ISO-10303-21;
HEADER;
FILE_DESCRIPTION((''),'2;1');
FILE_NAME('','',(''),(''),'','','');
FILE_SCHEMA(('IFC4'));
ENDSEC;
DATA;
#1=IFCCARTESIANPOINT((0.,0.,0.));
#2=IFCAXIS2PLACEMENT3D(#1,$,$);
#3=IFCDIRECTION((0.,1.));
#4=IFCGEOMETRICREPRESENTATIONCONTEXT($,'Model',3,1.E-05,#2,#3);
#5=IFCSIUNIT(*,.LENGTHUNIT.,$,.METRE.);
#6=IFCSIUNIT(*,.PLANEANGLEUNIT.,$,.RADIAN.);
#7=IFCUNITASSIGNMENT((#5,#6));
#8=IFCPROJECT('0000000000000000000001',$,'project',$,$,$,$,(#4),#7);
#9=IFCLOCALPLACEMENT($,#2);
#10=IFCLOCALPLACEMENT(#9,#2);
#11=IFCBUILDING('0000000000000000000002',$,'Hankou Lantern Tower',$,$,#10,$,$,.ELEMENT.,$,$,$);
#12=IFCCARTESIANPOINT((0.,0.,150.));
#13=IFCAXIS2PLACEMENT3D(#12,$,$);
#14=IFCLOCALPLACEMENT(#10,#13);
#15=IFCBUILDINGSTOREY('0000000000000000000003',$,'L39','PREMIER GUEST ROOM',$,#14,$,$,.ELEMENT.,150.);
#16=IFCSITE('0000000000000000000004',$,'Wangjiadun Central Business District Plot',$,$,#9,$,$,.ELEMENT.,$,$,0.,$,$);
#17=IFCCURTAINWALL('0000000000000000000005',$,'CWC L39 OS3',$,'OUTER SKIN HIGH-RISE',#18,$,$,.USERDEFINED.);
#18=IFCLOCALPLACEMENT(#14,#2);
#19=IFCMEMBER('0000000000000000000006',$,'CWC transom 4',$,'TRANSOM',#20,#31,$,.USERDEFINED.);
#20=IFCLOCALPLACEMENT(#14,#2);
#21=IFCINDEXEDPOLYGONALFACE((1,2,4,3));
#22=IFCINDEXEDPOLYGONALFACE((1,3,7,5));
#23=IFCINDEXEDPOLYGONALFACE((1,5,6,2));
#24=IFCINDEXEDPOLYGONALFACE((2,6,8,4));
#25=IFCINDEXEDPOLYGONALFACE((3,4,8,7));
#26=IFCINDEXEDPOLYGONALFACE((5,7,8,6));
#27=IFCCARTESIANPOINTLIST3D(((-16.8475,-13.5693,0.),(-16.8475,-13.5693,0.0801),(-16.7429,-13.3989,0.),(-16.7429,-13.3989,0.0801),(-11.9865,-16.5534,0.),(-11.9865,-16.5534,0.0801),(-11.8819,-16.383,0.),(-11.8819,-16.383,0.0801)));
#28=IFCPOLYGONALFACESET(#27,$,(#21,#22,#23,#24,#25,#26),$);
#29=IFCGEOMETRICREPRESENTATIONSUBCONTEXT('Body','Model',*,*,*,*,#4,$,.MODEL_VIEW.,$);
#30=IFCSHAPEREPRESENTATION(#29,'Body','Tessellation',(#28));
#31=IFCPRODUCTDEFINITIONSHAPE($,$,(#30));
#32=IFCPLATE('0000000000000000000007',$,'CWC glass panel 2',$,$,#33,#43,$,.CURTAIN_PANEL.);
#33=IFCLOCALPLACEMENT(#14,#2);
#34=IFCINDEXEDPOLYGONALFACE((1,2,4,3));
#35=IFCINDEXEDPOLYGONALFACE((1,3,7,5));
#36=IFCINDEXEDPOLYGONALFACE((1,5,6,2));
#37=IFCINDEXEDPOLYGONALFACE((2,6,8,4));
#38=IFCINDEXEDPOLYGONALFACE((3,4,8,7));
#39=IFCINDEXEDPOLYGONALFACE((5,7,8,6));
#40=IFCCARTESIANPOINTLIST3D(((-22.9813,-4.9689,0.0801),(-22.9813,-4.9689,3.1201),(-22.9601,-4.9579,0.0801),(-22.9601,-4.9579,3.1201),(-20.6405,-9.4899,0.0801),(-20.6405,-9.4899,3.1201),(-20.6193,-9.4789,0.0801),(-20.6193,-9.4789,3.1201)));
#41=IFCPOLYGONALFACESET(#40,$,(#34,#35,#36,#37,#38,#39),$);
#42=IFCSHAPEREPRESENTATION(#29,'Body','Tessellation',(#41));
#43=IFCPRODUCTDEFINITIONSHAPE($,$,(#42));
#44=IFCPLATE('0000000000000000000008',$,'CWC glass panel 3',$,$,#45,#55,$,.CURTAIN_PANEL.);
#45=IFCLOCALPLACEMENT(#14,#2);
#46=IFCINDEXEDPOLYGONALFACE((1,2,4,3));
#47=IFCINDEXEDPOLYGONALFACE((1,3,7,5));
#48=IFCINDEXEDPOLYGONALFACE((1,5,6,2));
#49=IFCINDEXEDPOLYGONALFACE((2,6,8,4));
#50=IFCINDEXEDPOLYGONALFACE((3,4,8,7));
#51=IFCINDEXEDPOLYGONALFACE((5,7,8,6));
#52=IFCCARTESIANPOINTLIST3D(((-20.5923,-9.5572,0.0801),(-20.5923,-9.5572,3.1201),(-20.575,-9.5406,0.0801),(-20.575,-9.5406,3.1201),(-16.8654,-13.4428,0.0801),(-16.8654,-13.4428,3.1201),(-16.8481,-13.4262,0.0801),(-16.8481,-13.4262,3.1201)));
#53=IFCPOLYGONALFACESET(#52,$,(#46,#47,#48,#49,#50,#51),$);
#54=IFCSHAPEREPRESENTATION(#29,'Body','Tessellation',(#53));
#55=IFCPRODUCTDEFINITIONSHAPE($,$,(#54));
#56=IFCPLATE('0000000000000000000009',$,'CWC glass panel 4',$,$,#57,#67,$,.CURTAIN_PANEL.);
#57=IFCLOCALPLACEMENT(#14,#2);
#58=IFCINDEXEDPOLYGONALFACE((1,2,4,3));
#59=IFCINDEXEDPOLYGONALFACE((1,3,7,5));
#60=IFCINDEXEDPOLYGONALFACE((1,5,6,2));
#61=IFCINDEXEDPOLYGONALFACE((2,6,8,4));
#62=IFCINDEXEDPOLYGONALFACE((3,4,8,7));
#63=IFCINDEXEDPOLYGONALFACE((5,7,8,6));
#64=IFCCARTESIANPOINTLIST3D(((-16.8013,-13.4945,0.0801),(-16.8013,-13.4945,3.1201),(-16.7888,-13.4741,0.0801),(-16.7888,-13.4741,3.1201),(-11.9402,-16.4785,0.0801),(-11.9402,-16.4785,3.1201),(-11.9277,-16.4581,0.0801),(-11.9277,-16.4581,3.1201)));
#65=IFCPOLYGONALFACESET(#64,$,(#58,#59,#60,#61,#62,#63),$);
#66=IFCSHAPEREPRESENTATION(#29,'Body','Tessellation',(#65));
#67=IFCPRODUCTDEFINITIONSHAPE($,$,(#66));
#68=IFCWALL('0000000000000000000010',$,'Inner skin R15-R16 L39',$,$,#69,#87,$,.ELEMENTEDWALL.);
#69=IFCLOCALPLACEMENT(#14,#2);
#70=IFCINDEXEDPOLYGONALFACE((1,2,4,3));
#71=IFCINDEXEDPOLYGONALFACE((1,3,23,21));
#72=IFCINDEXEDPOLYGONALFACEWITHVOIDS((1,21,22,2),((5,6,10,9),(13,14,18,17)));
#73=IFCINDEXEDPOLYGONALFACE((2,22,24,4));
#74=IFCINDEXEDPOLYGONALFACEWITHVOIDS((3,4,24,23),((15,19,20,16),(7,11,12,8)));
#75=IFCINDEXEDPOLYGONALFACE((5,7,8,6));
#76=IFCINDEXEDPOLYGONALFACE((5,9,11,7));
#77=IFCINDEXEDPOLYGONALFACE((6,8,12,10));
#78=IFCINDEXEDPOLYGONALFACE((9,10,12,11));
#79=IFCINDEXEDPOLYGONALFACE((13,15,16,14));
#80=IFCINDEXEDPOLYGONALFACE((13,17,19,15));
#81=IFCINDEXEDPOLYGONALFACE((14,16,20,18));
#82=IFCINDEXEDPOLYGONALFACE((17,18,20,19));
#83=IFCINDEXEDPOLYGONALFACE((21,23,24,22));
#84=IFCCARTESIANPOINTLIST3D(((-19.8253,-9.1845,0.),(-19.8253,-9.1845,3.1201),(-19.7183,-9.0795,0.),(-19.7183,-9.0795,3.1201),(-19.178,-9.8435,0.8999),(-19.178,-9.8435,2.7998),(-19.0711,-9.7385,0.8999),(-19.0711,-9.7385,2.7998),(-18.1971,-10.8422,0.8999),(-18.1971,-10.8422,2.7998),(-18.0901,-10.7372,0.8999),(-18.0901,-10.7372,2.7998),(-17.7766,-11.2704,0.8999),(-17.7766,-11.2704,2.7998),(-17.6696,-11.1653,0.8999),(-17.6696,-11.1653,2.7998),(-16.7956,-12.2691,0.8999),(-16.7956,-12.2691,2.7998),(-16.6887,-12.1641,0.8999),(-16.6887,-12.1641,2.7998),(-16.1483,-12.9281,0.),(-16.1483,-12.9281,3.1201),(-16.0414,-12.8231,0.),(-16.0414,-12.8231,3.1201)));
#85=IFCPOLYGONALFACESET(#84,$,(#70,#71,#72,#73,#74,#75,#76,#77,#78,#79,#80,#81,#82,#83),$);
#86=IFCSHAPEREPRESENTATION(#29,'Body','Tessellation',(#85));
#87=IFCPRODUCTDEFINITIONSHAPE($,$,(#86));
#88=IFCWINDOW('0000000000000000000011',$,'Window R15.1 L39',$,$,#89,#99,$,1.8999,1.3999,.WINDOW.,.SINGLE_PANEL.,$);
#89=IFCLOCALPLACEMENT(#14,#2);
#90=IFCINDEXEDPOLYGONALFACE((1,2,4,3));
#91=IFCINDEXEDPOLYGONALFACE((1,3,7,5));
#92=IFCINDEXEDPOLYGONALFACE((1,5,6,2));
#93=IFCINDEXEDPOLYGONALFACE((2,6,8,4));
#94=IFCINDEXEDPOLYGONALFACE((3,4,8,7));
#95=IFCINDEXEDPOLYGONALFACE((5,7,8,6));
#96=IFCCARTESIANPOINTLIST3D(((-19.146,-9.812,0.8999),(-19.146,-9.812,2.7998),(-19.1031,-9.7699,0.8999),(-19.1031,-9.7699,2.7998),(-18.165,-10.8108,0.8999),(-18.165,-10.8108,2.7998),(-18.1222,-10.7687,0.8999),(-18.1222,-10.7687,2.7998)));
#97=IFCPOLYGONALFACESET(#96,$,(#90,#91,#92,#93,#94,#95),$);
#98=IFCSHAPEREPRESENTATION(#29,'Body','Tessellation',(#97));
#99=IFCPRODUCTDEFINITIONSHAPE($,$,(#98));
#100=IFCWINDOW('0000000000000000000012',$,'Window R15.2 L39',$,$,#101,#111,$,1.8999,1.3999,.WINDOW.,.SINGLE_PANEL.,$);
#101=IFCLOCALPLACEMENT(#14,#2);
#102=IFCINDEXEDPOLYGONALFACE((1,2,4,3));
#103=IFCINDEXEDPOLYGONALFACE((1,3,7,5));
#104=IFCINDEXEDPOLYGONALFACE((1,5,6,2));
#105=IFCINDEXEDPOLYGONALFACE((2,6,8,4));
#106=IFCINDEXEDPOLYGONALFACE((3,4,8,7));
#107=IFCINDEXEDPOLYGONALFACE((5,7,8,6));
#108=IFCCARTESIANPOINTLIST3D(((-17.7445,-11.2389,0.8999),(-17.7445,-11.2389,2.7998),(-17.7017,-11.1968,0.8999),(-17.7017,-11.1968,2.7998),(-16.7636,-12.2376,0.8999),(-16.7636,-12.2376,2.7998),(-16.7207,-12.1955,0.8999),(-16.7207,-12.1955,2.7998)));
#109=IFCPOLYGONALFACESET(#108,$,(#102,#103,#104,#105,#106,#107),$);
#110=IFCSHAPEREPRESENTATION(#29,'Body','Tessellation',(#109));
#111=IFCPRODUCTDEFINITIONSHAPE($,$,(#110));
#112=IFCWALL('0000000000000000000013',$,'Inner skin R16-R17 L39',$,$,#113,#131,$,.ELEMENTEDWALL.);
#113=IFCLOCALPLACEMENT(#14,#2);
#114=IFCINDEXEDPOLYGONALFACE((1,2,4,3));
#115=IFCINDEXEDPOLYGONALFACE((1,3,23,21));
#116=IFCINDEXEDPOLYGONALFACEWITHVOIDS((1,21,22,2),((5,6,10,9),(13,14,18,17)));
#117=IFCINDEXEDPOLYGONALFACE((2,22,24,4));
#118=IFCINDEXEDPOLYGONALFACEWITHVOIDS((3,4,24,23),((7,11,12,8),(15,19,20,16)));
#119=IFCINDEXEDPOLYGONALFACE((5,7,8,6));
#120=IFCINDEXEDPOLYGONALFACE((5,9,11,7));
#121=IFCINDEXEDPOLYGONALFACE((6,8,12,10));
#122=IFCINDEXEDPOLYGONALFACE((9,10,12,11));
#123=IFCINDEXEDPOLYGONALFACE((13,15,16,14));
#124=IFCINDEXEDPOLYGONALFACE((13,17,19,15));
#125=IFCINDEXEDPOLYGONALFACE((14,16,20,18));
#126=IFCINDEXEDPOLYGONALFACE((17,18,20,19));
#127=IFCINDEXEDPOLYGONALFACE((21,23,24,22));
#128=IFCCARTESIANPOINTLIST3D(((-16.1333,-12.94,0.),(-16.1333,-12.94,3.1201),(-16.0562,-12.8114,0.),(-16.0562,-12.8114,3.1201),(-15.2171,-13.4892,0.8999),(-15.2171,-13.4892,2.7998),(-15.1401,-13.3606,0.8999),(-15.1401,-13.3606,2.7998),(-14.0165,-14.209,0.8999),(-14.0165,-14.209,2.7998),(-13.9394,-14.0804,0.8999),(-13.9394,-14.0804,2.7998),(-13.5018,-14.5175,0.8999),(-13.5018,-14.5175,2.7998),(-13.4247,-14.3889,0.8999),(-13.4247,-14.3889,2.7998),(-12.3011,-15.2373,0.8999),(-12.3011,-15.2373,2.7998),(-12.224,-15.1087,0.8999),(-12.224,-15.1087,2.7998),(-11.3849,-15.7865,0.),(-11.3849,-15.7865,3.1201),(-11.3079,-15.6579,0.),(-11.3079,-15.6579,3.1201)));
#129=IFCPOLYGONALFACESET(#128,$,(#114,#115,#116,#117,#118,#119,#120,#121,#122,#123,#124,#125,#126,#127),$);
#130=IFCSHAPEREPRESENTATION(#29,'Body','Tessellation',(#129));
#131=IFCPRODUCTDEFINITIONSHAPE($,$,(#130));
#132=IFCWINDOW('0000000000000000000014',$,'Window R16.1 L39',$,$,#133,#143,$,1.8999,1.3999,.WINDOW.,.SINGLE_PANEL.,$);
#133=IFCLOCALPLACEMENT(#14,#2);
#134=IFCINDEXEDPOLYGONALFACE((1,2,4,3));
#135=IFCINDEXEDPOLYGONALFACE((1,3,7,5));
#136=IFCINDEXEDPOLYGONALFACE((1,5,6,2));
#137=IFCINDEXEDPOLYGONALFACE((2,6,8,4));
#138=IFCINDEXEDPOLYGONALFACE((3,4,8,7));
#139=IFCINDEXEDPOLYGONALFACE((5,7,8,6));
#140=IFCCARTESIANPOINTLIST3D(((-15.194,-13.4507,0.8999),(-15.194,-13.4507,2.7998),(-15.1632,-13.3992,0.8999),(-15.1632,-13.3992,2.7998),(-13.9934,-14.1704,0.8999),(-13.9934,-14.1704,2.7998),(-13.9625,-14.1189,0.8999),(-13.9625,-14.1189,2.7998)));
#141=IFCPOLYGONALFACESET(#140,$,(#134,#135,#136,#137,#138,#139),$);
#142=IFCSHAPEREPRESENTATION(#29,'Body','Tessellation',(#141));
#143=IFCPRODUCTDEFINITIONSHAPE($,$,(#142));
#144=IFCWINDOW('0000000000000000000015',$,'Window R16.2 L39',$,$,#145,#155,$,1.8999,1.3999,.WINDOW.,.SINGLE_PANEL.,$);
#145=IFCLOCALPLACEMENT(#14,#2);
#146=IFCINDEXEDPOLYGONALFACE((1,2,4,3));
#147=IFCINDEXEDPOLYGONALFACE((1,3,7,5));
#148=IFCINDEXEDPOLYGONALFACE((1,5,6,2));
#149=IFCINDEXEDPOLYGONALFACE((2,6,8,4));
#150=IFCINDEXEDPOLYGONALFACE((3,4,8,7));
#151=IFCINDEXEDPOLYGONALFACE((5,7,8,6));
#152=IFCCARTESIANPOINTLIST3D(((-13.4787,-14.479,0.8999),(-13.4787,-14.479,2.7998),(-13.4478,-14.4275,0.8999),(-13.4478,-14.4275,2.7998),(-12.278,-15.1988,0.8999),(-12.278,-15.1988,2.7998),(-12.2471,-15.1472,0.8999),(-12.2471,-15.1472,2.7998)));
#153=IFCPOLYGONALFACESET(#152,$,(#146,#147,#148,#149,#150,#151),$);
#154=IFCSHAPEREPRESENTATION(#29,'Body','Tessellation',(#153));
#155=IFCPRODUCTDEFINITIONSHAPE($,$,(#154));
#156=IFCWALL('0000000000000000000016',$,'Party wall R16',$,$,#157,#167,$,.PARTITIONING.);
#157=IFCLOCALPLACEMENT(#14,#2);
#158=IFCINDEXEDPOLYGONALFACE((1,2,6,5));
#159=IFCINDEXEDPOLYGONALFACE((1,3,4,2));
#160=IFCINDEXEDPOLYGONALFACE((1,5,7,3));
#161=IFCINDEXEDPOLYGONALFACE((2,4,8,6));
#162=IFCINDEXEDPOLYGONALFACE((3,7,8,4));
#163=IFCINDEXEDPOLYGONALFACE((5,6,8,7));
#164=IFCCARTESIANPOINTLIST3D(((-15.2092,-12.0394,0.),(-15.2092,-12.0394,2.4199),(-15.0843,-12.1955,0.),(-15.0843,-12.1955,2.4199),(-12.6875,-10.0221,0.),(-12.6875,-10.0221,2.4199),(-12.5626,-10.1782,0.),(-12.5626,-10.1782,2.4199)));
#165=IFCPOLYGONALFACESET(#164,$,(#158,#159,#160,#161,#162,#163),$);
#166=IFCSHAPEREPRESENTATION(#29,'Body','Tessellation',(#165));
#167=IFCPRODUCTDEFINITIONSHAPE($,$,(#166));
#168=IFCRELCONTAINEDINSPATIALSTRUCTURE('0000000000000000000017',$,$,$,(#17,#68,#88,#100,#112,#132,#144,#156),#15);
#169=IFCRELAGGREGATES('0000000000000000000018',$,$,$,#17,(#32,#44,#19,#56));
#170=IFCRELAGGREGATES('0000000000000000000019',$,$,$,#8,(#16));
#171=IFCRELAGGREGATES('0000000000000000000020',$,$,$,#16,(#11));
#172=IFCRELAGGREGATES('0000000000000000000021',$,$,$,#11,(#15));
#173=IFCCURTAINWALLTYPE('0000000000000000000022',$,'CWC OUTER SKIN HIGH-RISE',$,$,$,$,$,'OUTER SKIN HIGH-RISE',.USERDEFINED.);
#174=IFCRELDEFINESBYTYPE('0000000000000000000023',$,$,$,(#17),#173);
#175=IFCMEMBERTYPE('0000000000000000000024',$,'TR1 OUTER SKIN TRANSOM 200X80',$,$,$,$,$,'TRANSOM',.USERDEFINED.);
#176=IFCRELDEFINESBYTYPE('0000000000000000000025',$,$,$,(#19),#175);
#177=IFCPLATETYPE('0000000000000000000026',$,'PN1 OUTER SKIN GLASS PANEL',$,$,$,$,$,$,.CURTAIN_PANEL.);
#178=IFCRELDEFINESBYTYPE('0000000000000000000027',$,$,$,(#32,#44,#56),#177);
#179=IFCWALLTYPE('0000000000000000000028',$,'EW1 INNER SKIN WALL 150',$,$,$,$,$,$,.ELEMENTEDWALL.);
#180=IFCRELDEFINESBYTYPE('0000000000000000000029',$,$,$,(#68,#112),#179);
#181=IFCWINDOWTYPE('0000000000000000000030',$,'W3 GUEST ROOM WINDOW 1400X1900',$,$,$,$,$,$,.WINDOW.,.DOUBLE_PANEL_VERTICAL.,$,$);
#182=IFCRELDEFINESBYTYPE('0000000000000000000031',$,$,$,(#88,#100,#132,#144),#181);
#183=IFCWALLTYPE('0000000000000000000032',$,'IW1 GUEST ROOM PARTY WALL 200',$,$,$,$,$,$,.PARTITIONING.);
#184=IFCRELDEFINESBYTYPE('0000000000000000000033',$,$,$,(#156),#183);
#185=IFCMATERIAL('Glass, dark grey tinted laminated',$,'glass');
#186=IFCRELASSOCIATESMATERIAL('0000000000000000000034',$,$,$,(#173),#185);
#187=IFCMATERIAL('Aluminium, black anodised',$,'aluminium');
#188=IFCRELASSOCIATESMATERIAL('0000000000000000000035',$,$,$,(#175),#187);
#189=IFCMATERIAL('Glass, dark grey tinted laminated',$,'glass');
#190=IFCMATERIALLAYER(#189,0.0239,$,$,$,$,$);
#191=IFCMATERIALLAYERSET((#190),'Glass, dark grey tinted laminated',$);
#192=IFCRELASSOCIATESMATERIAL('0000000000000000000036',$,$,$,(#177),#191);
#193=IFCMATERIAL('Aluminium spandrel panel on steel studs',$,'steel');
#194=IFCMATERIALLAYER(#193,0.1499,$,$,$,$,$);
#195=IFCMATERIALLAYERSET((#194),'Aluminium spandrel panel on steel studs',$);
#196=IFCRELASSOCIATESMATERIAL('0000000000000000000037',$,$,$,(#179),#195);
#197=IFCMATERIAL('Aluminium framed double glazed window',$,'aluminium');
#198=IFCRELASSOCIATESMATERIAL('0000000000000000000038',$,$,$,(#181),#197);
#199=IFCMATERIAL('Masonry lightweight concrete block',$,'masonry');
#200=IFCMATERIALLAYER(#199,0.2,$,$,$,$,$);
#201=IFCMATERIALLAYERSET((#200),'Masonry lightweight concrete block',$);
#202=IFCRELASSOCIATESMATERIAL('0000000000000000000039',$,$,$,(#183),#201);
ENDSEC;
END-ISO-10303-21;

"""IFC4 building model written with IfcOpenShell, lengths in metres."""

from ifc_helpers import new_model, si_unit, direction, frame, frame_2d, origin, origin_2d, place, context, subcontext, project, spatial, rectangle, extrude, material, layer, layer_set, material_profile, profile_set, type_object, element, fill, aggregate, save


model = new_model("IFC4")

# Units and contexts
model_context = context("Model", 3, precision=1e-05, world=origin(), true_north=direction((0.0, 1.0)))
body_context = subcontext(model_context, "Body", "Model", "MODEL_VIEW")
ifc_project = project(units=[si_unit("LENGTHUNIT", "METRE"), si_unit("PLANEANGLEUNIT", "RADIAN")], contexts=[model_context])

# Site, building, storey
site_placement = place(None, origin())
site = spatial("IfcSite", under=ifc_project, at=site_placement, Name="Wangjiadun Central Business District Plot", CompositionType="ELEMENT", RefElevation=0.0)
building_placement = place(site_placement, origin())
building = spatial("IfcBuilding", under=site, at=building_placement, Name="Hankou Lantern Tower", CompositionType="ELEMENT")
storey_placement = place(building_placement, frame((0.0, 0.0, 150.0)))
storey = spatial("IfcBuildingStorey", under=building, at=storey_placement, Name="L39", Description="PREMIER GUEST ROOM", CompositionType="ELEMENT", Elevation=150.0)

# Curtain wall
ifc_material_1 = material(Name="Glass, dark grey tinted laminated", Category="glass")
curtain_wall_type = type_object("IfcCurtainWallType", Name="CWC OUTER SKIN HIGH-RISE", ElementType="OUTER SKIN HIGH-RISE", PredefinedType="USERDEFINED", material=ifc_material_1)
curtain_wall_placement = place(storey_placement, origin())
curtain_wall = element("IfcCurtainWall", 1, at=curtain_wall_placement, inside=storey, type_object=curtain_wall_type, Name="CWC L39 OS3", ObjectType="OUTER SKIN HIGH-RISE", PredefinedType="USERDEFINED")

# Member
ifc_material_2 = material(Name="Aluminium, black anodised", Category="aluminium")
ifc_material_profile_1 = material_profile(ifc_material_2, rectangle(XDim=0.2, YDim=0.0801, at=origin_2d()), Name="TR1 200X80")
ifc_profile_set_1 = profile_set([ifc_material_profile_1], Name="Aluminium, black anodised")
member_type_1 = type_object("IfcMemberType", Name="TR1 OUTER SKIN TRANSOM 200X80", ElementType="TRANSOM", PredefinedType="USERDEFINED", material=ifc_profile_set_1)
member_1_placement = place(storey_placement, frame((-16.7952, -13.4841, 0.04), z_axis=(0.852229, -0.523168, 0.0), x_axis=(0.523168, 0.852229, 0.0)))
member_1 = element("IfcMember", 2, at=member_1_placement, type_object=member_type_1, Name="CWC transom 4", ObjectType="TRANSOM", PredefinedType="USERDEFINED", context=body_context, shape_type="SweptSolid", body=[
    extrude(rectangle(XDim=0.2, YDim=0.0801, at=origin_2d()), origin(), (0.0, 0.0, 1.0), 5.7039),
])

# Plates
ifc_material_3 = material(Name="Glass, dark grey tinted laminated", Category="glass")
ifc_layer_1 = layer(ifc_material_3, 0.0239)
ifc_layer_set_1 = layer_set([ifc_layer_1], Name="Glass, dark grey tinted laminated")
plate_type = type_object("IfcPlateType", Name="PN1 OUTER SKIN GLASS PANEL", PredefinedType="CURTAIN_PANEL", material=ifc_layer_set_1)
plate_1_placement = place(storey_placement, frame((-21.8003, -7.2239, 0.0801), z_axis=(0.0, 0.0, 1.0), x_axis=(0.459791, -0.888027, 0.0)))
plate_1 = element("IfcPlate", 3, at=plate_1_placement, type_object=plate_type, Name="CWC glass panel 2", PredefinedType="CURTAIN_PANEL", context=body_context, shape_type="SweptSolid", body=[
    extrude(rectangle(XDim=5.0911, YDim=0.0239, at=origin_2d()), origin(), (0.0, 0.0, 1.0), 3.04),
])
plate_2_placement = place(storey_placement, frame((-18.7202, -11.4917, 0.0801), z_axis=(0.0, 0.0, 1.0), x_axis=(0.692216, -0.721691, 0.0)))
plate_2 = element("IfcPlate", 4, at=plate_2_placement, type_object=plate_type, Name="CWC glass panel 3", PredefinedType="CURTAIN_PANEL", context=body_context, shape_type="SweptSolid", body=[
    extrude(rectangle(XDim=5.384, YDim=0.0239, at=origin_2d()), origin(), (0.0, 0.0, 1.0), 3.04),
])
plate_3_placement = place(storey_placement, frame((-14.3645, -14.9763, 0.0801), z_axis=(0.0, 0.0, 1.0), x_axis=(0.852237, -0.523156, 0.0)))
plate_3 = element("IfcPlate", 5, at=plate_3_placement, type_object=plate_type, Name="CWC glass panel 4", PredefinedType="CURTAIN_PANEL", context=body_context, shape_type="SweptSolid", body=[
    extrude(rectangle(XDim=5.7039, YDim=0.0239, at=origin_2d()), origin(), (0.0, 0.0, 1.0), 3.04),
])
aggregate(curtain_wall, [plate_1, plate_2, member_1, plate_3])

# Walls, openings, windows
ifc_material_4 = material(Name="Aluminium spandrel panel on steel studs", Category="steel")
ifc_layer_2 = layer(ifc_material_4, 0.1499)
ifc_layer_set_2 = layer_set([ifc_layer_2], Name="Aluminium spandrel panel on steel studs")
wall_type_1 = type_object("IfcWallType", Name="EW1 INNER SKIN WALL 150", PredefinedType="ELEMENTEDWALL", material=ifc_layer_set_2)
wall_1_placement = place(storey_placement, frame((-19.7717, -9.1321, 0.0), z_axis=(0.0, 0.0, 1.0), x_axis=(0.700727, -0.713429, 0.0)))
wall_1 = element("IfcWall", 6, at=wall_1_placement, inside=storey, type_object=wall_type_1, Name="Inner skin R15-R16 L39", PredefinedType="ELEMENTEDWALL", context=body_context, shape_type="SweptSolid", body=[
    extrude(rectangle(XDim=5.2473, YDim=0.1499, at=frame_2d((2.6235, 0.0))), origin(), (0.0, 0.0, 1.0), 3.1201),
])
opening_1_placement = place(wall_1_placement, frame((0.9236, 0.0, 0.8999)))
opening_1 = element("IfcOpeningElement", 7, at=opening_1_placement, cuts=wall_1, PredefinedType="OPENING", context=body_context, shape_type="SweptSolid", body=[
    extrude(rectangle(XDim=1.3999, YDim=1.8999, at=frame_2d((0.7, 0.95))), frame((0.0, 0.085, 0.0), z_axis=(0.0, -1.0, 0.0), x_axis=(1.0, 0.0, 0.0)), (0.0, 0.0, 1.0), 0.1699),
])
opening_2_placement = place(wall_1_placement, frame((2.9236, 0.0, 0.8999)))
opening_2 = element("IfcOpeningElement", 8, at=opening_2_placement, cuts=wall_1, PredefinedType="OPENING", context=body_context, shape_type="SweptSolid", body=[
    extrude(rectangle(XDim=1.3999, YDim=1.8999, at=frame_2d((0.7, 0.95))), frame((0.0, 0.085, 0.0), z_axis=(0.0, -1.0, 0.0), x_axis=(1.0, 0.0, 0.0)), (0.0, 0.0, 1.0), 0.1699),
])
ifc_material_5 = material(Name="Aluminium framed double glazed window", Category="aluminium")
window_type = type_object("IfcWindowType", Name="W3 GUEST ROOM WINDOW 1400X1900", PartitioningType="DOUBLE_PANEL_VERTICAL", PredefinedType="WINDOW", material=ifc_material_5)
window_1_placement = place(opening_1_placement, origin())
window_1 = element("IfcWindow", 9, at=window_1_placement, inside=storey, type_object=window_type, Name="Window R15.1 L39", OverallHeight=1.8999, OverallWidth=1.3999, PartitioningType="SINGLE_PANEL", PredefinedType="WINDOW", context=body_context, shape_type="SweptSolid", body=[
    extrude(rectangle(XDim=1.3999, YDim=1.8999, at=frame_2d((0.7, 0.95))), frame((0.0, 0.03, 0.0), z_axis=(0.0, -1.0, 0.0), x_axis=(1.0, 0.0, 0.0)), (0.0, 0.0, 1.0), 0.0601),
])
fill(opening_1, window_1)
window_2_placement = place(opening_2_placement, origin())
window_2 = element("IfcWindow", 10, at=window_2_placement, inside=storey, type_object=window_type, Name="Window R15.2 L39", OverallHeight=1.8999, OverallWidth=1.3999, PartitioningType="SINGLE_PANEL", PredefinedType="WINDOW", context=body_context, shape_type="SweptSolid", body=[
    extrude(rectangle(XDim=1.3999, YDim=1.8999, at=frame_2d((0.7, 0.95))), frame((0.0, 0.03, 0.0), z_axis=(0.0, -1.0, 0.0), x_axis=(1.0, 0.0, 0.0)), (0.0, 0.0, 1.0), 0.0601),
])
fill(opening_2, window_2)
wall_2_placement = place(storey_placement, frame((-16.0947, -12.8757, 0.0), z_axis=(0.0, 0.0, 1.0), x_axis=(0.857695, -0.514158, 0.0)))
wall_2 = element("IfcWall", 11, at=wall_2_placement, inside=storey, type_object=wall_type_1, Name="Inner skin R16-R17 L39", PredefinedType="ELEMENTEDWALL", context=body_context, shape_type="SweptSolid", body=[
    extrude(rectangle(XDim=5.5361, YDim=0.1499, at=frame_2d((2.7681, 0.0))), origin(), (0.0, 0.0, 1.0), 3.1201),
])
opening_3_placement = place(wall_2_placement, frame((1.0681, 0.0, 0.8999)))
opening_3 = element("IfcOpeningElement", 12, at=opening_3_placement, cuts=wall_2, PredefinedType="OPENING", context=body_context, shape_type="SweptSolid", body=[
    extrude(rectangle(XDim=1.3999, YDim=1.8999, at=frame_2d((0.7, 0.95))), frame((0.0, 0.085, 0.0), z_axis=(0.0, -1.0, 0.0), x_axis=(1.0, 0.0, 0.0)), (0.0, 0.0, 1.0), 0.1699),
])
opening_4_placement = place(wall_2_placement, frame((3.0681, 0.0, 0.8999)))
opening_4 = element("IfcOpeningElement", 13, at=opening_4_placement, cuts=wall_2, PredefinedType="OPENING", context=body_context, shape_type="SweptSolid", body=[
    extrude(rectangle(XDim=1.3999, YDim=1.8999, at=frame_2d((0.7, 0.95))), frame((0.0, 0.085, 0.0), z_axis=(0.0, -1.0, 0.0), x_axis=(1.0, 0.0, 0.0)), (0.0, 0.0, 1.0), 0.1699),
])
window_3_placement = place(opening_3_placement, origin())
window_3 = element("IfcWindow", 14, at=window_3_placement, inside=storey, type_object=window_type, Name="Window R16.1 L39", OverallHeight=1.8999, OverallWidth=1.3999, PartitioningType="SINGLE_PANEL", PredefinedType="WINDOW", context=body_context, shape_type="SweptSolid", body=[
    extrude(rectangle(XDim=1.3999, YDim=1.8999, at=frame_2d((0.7, 0.95))), frame((0.0, 0.03, 0.0), z_axis=(0.0, -1.0, 0.0), x_axis=(1.0, 0.0, 0.0)), (0.0, 0.0, 1.0), 0.0601),
])
fill(opening_3, window_3)
window_4_placement = place(opening_4_placement, origin())
window_4 = element("IfcWindow", 15, at=window_4_placement, inside=storey, type_object=window_type, Name="Window R16.2 L39", OverallHeight=1.8999, OverallWidth=1.3999, PartitioningType="SINGLE_PANEL", PredefinedType="WINDOW", context=body_context, shape_type="SweptSolid", body=[
    extrude(rectangle(XDim=1.3999, YDim=1.8999, at=frame_2d((0.7, 0.95))), frame((0.0, 0.03, 0.0), z_axis=(0.0, -1.0, 0.0), x_axis=(1.0, 0.0, 0.0)), (0.0, 0.0, 1.0), 0.0601),
])
fill(opening_4, window_4)

# Wall
ifc_material_6 = material(Name="Masonry lightweight concrete block", Category="masonry")
ifc_layer_3 = layer(ifc_material_6, 0.2)
ifc_layer_set_3 = layer_set([ifc_layer_3], Name="Masonry lightweight concrete block")
wall_type_2 = type_object("IfcWallType", Name="IW1 GUEST ROOM PARTY WALL 200", PredefinedType="PARTITIONING", material=ifc_layer_set_3)
wall_3_placement = place(storey_placement, frame((-12.625, -10.1001, 0.0), z_axis=(0.0, 0.0, 1.0), x_axis=(-0.780876, -0.624686, 0.0)))
element("IfcWall", 16, at=wall_3_placement, inside=storey, type_object=wall_type_2, Name="Party wall R16", PredefinedType="PARTITIONING", context=body_context, shape_type="SweptSolid", body=[
    extrude(rectangle(XDim=3.2292, YDim=0.2, at=frame_2d((1.6147, 0.0))), origin(), (0.0, 0.0, 1.0), 2.4199),
])

save(model, "model.ifc")
